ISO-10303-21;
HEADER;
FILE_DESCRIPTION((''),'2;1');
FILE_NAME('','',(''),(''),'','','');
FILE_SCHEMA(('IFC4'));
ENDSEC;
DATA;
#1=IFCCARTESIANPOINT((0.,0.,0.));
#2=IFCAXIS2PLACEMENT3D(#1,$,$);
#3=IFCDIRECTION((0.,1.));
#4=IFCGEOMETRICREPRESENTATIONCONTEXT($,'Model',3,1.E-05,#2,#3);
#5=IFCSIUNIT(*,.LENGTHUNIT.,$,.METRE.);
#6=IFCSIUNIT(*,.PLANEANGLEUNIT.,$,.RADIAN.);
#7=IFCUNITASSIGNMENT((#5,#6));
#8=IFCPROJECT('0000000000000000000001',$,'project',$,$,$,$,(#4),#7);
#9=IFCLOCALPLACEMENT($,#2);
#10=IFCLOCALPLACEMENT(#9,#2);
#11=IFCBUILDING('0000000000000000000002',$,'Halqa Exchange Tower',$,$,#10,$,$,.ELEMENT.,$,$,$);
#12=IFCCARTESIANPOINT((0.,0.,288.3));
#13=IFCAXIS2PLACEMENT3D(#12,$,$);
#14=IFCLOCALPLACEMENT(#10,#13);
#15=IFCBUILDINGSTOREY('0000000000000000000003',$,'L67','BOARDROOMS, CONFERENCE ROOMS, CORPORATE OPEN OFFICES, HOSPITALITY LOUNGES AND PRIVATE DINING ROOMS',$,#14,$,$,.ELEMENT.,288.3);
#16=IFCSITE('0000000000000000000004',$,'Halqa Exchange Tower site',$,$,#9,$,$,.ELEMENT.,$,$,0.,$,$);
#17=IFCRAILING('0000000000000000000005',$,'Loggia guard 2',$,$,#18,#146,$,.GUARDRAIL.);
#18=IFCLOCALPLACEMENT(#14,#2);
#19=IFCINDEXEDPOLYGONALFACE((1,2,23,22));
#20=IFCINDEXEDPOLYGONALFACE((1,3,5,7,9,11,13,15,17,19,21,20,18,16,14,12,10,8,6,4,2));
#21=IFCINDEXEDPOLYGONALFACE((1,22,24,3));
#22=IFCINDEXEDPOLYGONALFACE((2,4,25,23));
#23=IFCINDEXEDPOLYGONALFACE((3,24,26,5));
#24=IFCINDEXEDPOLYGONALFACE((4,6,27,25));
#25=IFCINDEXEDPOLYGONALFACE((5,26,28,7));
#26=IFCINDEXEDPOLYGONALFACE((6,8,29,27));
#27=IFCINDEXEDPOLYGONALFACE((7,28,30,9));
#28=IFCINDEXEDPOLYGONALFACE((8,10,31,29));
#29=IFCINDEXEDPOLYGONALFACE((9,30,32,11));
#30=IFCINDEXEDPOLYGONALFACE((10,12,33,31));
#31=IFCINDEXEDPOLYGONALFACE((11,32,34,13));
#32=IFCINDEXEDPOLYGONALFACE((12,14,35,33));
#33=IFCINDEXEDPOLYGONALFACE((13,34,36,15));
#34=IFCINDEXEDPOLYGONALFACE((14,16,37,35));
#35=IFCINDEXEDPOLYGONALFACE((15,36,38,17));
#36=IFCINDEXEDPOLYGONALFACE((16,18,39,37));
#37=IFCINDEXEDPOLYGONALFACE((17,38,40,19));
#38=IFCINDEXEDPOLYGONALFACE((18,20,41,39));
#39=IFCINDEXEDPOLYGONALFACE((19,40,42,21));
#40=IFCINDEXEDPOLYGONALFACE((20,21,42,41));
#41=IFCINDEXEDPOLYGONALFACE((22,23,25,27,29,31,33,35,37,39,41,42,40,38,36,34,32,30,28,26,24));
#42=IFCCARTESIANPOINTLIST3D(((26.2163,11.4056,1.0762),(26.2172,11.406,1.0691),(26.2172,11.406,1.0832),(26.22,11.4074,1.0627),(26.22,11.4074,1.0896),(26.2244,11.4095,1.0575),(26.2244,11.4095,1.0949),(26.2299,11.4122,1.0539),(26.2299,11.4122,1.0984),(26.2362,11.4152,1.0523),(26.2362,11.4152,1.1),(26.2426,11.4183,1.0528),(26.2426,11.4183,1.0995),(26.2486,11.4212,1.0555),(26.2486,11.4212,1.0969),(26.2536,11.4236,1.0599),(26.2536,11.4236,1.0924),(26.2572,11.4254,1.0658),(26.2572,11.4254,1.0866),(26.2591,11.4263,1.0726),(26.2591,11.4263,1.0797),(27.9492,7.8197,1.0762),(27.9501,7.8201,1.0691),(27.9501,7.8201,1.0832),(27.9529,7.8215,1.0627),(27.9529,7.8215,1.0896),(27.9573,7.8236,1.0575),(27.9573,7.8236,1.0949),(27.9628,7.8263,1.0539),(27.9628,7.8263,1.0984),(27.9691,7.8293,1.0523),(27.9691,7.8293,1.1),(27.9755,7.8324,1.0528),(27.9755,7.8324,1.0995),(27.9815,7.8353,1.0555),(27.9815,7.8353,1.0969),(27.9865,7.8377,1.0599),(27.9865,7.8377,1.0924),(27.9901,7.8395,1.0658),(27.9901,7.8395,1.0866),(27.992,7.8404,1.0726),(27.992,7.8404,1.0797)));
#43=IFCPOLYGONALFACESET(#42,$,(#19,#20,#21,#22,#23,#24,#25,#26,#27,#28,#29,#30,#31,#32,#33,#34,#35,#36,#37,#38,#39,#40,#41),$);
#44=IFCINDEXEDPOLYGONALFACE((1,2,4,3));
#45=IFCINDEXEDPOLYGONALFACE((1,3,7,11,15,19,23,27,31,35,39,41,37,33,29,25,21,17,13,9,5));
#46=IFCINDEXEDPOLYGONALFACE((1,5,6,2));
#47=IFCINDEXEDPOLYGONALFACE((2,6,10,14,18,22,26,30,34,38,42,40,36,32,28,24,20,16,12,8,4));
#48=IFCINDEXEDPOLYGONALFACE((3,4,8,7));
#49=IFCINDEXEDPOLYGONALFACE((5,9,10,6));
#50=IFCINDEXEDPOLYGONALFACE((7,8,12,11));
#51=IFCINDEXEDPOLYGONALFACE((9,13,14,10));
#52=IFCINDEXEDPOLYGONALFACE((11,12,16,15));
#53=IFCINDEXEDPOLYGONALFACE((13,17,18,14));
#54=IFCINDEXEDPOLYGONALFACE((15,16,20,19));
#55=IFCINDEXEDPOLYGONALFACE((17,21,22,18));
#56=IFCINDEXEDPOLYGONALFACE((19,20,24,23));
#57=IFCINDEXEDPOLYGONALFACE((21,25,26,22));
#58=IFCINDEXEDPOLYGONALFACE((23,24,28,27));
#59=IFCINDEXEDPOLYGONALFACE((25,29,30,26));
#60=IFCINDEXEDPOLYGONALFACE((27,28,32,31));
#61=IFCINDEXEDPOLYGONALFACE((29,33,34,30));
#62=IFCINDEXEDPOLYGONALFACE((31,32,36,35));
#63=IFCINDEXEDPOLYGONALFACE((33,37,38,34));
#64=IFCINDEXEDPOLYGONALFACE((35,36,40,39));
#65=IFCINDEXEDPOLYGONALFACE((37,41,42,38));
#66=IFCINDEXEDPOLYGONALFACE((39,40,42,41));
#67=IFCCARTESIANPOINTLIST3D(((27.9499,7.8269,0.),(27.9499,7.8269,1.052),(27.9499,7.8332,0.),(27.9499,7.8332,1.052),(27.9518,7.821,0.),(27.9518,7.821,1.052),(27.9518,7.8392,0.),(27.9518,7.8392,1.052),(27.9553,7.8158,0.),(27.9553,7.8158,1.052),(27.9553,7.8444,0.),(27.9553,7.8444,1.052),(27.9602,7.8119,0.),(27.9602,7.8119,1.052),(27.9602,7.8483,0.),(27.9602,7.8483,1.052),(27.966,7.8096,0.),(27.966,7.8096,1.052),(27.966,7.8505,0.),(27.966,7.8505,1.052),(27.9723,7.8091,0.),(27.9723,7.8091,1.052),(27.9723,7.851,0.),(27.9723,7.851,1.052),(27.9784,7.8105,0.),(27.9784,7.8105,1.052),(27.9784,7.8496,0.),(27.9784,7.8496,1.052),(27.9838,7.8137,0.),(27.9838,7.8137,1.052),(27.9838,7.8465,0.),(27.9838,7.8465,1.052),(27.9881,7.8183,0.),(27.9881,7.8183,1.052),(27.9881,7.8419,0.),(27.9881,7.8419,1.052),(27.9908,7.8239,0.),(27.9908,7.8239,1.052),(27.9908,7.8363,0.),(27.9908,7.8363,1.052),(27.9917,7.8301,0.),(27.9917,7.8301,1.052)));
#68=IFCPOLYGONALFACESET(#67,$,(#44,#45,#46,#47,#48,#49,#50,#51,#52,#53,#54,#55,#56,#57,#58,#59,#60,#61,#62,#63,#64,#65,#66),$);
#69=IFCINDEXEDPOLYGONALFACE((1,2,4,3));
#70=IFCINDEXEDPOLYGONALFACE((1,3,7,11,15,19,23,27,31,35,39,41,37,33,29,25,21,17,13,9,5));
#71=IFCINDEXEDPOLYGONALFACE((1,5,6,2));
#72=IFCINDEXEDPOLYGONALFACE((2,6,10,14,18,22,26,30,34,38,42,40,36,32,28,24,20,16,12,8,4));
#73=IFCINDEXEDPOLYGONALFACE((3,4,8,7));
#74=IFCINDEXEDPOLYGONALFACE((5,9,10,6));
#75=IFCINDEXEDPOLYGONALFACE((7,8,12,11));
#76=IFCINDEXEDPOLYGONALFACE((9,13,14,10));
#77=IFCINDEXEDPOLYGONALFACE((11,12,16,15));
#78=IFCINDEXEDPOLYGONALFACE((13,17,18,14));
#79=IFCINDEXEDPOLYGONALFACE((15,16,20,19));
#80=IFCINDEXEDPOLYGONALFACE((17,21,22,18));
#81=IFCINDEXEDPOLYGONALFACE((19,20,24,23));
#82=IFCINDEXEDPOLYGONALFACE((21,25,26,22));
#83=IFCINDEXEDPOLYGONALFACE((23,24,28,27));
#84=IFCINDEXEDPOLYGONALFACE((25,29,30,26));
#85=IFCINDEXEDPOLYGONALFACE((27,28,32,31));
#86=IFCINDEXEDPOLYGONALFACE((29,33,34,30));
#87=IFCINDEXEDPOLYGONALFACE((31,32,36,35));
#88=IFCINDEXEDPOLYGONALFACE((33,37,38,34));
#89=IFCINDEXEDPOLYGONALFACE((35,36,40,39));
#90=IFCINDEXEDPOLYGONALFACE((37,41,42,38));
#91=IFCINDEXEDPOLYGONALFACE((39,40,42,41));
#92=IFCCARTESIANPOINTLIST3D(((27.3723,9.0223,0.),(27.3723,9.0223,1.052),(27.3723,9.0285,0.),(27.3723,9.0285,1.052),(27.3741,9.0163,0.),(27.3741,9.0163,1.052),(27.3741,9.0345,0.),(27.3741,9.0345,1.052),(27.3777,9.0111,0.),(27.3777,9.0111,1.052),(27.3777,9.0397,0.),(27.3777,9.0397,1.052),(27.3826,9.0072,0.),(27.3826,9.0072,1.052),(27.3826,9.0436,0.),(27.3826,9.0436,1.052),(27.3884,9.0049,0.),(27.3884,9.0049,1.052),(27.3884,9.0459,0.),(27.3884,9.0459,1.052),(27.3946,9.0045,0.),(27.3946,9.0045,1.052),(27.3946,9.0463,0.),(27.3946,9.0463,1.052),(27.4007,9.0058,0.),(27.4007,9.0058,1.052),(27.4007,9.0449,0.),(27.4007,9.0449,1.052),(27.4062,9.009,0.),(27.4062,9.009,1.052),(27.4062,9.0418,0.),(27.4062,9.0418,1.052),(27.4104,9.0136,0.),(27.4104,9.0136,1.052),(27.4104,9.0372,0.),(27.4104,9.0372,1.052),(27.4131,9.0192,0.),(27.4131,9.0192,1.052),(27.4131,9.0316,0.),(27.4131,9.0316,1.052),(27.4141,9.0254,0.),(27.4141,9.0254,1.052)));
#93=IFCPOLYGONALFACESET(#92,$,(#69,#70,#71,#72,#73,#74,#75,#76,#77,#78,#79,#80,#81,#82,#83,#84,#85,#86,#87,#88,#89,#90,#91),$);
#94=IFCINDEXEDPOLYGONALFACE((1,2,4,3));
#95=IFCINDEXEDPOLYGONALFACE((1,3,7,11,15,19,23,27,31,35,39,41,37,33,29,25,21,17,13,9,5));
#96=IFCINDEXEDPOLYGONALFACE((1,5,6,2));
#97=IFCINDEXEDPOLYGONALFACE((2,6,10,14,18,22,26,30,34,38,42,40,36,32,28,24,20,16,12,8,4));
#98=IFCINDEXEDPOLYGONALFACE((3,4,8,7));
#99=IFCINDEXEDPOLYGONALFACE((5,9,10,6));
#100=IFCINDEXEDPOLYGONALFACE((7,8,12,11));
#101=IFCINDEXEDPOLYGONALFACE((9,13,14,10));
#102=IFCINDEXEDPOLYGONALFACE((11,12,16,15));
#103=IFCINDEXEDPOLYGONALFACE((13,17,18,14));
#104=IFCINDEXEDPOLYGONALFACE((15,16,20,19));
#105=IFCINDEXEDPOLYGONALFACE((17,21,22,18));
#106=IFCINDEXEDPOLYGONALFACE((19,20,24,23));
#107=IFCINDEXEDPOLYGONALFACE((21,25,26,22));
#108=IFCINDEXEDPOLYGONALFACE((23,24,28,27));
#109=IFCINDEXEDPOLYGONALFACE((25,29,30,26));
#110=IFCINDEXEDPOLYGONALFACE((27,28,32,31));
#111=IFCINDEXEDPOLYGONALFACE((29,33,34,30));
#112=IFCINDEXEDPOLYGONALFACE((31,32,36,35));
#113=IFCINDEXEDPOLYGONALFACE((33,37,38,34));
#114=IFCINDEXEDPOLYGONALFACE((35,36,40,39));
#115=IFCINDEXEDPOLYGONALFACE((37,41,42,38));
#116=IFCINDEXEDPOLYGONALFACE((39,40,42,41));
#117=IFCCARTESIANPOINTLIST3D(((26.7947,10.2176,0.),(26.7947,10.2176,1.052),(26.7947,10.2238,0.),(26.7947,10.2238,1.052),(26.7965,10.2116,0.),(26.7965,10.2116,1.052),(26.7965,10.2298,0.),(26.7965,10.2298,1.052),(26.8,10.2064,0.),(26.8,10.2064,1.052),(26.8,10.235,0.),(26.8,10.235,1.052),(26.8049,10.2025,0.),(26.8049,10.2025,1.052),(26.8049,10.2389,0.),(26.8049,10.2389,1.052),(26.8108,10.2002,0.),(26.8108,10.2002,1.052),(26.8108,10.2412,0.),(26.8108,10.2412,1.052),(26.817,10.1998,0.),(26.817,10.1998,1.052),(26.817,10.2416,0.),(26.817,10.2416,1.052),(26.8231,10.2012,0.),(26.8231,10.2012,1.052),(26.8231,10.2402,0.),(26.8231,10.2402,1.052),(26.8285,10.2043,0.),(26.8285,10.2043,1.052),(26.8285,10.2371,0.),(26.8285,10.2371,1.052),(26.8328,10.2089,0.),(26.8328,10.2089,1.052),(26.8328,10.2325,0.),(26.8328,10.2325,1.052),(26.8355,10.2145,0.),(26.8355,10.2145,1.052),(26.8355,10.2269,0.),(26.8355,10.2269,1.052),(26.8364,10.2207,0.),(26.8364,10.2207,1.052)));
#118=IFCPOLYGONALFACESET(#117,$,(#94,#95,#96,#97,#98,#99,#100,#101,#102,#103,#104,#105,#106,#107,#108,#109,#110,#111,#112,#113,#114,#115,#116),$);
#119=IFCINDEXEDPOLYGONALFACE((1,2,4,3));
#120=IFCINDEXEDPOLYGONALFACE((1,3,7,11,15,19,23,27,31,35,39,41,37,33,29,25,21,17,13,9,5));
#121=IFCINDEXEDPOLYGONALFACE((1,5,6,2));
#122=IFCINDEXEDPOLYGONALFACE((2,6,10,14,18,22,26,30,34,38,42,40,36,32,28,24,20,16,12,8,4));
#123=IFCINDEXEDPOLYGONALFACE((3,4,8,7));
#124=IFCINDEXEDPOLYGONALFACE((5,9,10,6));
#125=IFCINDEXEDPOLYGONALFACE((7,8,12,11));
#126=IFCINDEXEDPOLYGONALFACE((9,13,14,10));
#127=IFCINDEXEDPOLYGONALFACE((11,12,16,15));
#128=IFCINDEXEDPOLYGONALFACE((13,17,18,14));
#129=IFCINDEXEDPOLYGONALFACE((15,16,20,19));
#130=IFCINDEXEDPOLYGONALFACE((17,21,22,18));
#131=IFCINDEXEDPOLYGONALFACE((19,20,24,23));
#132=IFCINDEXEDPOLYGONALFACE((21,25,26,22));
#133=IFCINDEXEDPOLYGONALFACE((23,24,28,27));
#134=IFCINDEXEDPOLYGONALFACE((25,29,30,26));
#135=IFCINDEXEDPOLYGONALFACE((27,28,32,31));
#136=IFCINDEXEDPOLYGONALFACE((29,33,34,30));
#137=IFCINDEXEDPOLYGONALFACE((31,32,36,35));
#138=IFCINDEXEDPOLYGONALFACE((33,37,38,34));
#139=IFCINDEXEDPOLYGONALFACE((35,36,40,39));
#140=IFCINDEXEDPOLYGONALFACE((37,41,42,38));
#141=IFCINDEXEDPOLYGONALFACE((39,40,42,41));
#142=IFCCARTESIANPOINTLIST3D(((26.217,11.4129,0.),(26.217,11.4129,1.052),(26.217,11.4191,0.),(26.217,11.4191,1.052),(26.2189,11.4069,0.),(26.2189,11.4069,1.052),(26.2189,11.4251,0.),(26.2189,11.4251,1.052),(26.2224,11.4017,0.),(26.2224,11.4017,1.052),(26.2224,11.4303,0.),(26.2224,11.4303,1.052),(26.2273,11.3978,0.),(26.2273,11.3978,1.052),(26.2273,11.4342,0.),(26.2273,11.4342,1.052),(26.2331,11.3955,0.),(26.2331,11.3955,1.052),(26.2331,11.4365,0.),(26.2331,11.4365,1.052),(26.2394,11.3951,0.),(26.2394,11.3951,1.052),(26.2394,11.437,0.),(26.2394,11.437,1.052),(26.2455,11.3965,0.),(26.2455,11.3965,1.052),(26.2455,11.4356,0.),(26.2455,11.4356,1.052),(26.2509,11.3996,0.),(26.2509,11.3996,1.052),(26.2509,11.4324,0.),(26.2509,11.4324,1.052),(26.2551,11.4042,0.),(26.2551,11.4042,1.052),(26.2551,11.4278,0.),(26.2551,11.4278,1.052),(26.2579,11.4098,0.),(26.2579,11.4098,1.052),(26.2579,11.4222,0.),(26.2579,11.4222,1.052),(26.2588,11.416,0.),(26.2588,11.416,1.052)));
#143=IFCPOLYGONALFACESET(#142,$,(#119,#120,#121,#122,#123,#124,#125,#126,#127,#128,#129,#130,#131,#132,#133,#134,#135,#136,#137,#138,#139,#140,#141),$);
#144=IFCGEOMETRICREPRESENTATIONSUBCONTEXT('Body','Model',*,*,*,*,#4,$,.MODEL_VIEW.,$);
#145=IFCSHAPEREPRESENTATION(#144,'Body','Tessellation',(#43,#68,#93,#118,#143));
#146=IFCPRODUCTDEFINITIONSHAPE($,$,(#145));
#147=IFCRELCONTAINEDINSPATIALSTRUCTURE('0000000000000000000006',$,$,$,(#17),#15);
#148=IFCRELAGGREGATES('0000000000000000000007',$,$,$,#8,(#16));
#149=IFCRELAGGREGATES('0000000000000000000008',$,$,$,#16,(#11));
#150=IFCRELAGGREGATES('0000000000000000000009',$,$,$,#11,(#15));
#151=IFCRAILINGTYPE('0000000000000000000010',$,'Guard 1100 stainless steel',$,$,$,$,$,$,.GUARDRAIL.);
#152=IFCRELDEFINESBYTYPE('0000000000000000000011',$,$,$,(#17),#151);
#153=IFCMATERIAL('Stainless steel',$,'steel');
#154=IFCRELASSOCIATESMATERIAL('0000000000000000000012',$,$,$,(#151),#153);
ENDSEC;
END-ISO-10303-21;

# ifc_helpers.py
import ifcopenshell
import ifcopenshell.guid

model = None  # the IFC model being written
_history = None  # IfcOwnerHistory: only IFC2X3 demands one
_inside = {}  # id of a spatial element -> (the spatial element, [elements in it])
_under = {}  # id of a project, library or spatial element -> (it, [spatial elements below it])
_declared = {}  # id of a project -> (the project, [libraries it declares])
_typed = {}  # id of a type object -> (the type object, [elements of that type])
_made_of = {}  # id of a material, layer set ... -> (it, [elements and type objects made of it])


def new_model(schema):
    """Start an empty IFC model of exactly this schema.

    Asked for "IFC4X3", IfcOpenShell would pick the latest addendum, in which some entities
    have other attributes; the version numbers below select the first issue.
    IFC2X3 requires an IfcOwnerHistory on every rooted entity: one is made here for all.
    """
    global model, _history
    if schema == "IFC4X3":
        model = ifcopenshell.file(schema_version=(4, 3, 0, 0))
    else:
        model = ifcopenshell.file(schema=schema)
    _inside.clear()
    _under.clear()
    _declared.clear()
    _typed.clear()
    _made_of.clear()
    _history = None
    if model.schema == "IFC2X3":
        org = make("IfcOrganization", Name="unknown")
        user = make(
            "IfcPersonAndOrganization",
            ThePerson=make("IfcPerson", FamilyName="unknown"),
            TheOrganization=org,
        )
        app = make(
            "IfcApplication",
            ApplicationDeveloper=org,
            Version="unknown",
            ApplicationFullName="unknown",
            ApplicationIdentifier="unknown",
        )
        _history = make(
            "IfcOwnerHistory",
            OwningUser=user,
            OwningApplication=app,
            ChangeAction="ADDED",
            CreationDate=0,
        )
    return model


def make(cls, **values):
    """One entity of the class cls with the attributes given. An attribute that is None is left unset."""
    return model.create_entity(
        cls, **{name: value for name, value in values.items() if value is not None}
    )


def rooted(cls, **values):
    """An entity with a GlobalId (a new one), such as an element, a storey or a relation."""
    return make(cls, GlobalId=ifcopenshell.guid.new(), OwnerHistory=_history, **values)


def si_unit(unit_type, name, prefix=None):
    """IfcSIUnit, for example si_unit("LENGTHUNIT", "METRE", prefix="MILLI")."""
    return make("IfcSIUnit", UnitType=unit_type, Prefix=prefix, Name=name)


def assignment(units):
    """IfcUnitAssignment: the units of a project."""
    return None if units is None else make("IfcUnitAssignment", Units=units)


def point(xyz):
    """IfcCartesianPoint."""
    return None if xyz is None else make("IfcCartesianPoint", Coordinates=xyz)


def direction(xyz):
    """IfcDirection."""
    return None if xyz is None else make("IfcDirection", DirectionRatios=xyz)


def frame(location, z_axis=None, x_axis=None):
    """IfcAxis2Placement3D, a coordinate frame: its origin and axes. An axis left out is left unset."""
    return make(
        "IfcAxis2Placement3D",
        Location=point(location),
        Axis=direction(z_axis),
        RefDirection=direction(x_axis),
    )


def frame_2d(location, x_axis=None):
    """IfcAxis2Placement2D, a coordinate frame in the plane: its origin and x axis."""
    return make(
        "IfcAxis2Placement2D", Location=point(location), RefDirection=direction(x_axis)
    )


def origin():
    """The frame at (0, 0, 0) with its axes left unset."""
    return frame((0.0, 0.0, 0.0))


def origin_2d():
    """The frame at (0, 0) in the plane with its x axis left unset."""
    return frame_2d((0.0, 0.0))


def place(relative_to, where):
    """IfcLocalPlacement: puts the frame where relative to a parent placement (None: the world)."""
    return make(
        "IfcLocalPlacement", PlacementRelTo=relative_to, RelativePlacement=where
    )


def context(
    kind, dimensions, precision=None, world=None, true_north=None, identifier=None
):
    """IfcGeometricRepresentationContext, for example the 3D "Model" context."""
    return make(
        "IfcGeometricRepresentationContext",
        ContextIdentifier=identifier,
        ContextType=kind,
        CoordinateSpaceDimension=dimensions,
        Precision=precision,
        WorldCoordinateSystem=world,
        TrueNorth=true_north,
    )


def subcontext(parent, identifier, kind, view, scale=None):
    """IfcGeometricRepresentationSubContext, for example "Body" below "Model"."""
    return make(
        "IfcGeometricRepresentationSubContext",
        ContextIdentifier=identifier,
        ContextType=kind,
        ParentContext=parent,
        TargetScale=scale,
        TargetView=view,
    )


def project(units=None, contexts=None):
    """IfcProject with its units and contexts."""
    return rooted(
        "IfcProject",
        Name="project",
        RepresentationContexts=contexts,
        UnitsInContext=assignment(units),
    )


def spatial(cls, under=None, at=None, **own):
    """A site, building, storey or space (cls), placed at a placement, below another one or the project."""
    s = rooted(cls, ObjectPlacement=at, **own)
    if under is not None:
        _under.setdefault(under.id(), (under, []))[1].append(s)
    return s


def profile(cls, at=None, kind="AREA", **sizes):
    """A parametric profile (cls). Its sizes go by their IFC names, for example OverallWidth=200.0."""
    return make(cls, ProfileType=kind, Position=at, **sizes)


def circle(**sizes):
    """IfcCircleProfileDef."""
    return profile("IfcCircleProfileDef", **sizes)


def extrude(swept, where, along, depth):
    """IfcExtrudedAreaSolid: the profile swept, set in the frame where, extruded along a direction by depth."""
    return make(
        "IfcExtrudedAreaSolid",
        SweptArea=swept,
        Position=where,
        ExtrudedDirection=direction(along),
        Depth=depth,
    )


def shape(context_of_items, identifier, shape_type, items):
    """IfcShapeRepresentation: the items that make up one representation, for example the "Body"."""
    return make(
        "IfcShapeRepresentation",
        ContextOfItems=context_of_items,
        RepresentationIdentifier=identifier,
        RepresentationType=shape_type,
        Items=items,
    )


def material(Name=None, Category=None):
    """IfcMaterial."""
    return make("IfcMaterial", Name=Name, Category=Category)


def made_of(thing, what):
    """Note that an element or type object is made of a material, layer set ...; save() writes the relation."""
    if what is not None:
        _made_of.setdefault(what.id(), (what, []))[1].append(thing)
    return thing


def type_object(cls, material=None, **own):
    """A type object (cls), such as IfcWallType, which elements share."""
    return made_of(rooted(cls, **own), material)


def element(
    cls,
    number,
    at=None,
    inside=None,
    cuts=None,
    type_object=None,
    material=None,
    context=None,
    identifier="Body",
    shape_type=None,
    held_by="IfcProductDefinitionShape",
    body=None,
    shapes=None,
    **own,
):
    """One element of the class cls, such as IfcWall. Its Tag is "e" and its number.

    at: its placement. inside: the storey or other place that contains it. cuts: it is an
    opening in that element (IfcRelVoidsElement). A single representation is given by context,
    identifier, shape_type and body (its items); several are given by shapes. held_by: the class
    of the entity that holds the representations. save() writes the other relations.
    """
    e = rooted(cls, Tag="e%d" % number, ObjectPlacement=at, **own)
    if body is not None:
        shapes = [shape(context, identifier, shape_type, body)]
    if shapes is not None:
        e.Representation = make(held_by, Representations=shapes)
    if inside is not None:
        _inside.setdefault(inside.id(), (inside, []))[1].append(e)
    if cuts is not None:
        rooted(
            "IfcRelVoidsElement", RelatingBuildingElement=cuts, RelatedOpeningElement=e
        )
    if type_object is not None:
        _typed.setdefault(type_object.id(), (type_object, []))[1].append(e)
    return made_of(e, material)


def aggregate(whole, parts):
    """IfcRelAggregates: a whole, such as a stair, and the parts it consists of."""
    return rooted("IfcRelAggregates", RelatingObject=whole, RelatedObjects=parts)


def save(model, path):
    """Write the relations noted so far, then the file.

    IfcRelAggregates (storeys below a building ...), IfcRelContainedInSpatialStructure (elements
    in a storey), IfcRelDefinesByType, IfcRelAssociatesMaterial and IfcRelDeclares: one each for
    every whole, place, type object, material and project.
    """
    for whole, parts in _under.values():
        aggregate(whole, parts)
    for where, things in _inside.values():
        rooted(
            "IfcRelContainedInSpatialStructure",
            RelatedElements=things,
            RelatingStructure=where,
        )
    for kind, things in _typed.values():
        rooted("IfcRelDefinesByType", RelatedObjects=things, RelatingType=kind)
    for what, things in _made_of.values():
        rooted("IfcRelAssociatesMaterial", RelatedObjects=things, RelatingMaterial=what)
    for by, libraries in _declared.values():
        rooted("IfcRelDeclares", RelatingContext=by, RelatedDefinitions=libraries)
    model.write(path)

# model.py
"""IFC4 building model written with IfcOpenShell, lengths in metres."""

from ifc_helpers import new_model, si_unit, direction, frame, origin, origin_2d, place, context, subcontext, project, spatial, circle, extrude, material, type_object, element, save


model = new_model("IFC4")

# Units and contexts
model_context = context("Model", 3, precision=1e-05, world=origin(), true_north=direction((0.0, 1.0)))
body_context = subcontext(model_context, "Body", "Model", "MODEL_VIEW")
ifc_project = project(units=[si_unit("LENGTHUNIT", "METRE"), si_unit("PLANEANGLEUNIT", "RADIAN")], contexts=[model_context])

# Site, building, storey
site_placement = place(None, origin())
site = spatial("IfcSite", under=ifc_project, at=site_placement, Name="Halqa Exchange Tower site", CompositionType="ELEMENT", RefElevation=0.0)
building_placement = place(site_placement, origin())
building = spatial("IfcBuilding", under=site, at=building_placement, Name="Halqa Exchange Tower", CompositionType="ELEMENT")
storey_placement = place(building_placement, frame((0.0, 0.0, 288.3)))
storey = spatial("IfcBuildingStorey", under=building, at=storey_placement, Name="L67", Description="BOARDROOMS, CONFERENCE ROOMS, CORPORATE OPEN OFFICES, HOSPITALITY LOUNGES AND PRIVATE DINING ROOMS", CompositionType="ELEMENT", Elevation=288.3)

# Railing
ifc_material_1 = material(Name="Stainless steel", Category="steel")
railing_type = type_object("IfcRailingType", Name="Guard 1100 stainless steel", PredefinedType="GUARDRAIL", material=ifc_material_1)
railing_1_placement = place(storey_placement, frame((27.9707, 7.8301, 0.0)))
element("IfcRailing", 1, at=railing_1_placement, inside=storey, type_object=railing_type, Name="Loggia guard 2", PredefinedType="GUARDRAIL", context=body_context, shape_type="SweptSolid", body=[
    extrude(circle(Radius=0.0239, at=origin_2d()), frame((0.0, 0.0, 1.0762), z_axis=(-0.435109, 0.900378, 0.0), x_axis=(-0.900378, -0.435109, 0.0)), (0.0, 0.0, 1.0), 3.9827),
    extrude(circle(Radius=0.021, at=origin_2d()), origin(), (0.0, 0.0, 1.0), 1.052),
    extrude(circle(Radius=0.021, at=origin_2d()), frame((-0.5776, 1.1953, 0.0)), (0.0, 0.0, 1.0), 1.052),
    extrude(circle(Radius=0.021, at=origin_2d()), frame((-1.1553, 2.3906, 0.0)), (0.0, 0.0, 1.0), 1.052),
    extrude(circle(Radius=0.021, at=origin_2d()), frame((-1.7329, 3.5859, 0.0)), (0.0, 0.0, 1.0), 1.052),
])

save(model, "model.ifc")
